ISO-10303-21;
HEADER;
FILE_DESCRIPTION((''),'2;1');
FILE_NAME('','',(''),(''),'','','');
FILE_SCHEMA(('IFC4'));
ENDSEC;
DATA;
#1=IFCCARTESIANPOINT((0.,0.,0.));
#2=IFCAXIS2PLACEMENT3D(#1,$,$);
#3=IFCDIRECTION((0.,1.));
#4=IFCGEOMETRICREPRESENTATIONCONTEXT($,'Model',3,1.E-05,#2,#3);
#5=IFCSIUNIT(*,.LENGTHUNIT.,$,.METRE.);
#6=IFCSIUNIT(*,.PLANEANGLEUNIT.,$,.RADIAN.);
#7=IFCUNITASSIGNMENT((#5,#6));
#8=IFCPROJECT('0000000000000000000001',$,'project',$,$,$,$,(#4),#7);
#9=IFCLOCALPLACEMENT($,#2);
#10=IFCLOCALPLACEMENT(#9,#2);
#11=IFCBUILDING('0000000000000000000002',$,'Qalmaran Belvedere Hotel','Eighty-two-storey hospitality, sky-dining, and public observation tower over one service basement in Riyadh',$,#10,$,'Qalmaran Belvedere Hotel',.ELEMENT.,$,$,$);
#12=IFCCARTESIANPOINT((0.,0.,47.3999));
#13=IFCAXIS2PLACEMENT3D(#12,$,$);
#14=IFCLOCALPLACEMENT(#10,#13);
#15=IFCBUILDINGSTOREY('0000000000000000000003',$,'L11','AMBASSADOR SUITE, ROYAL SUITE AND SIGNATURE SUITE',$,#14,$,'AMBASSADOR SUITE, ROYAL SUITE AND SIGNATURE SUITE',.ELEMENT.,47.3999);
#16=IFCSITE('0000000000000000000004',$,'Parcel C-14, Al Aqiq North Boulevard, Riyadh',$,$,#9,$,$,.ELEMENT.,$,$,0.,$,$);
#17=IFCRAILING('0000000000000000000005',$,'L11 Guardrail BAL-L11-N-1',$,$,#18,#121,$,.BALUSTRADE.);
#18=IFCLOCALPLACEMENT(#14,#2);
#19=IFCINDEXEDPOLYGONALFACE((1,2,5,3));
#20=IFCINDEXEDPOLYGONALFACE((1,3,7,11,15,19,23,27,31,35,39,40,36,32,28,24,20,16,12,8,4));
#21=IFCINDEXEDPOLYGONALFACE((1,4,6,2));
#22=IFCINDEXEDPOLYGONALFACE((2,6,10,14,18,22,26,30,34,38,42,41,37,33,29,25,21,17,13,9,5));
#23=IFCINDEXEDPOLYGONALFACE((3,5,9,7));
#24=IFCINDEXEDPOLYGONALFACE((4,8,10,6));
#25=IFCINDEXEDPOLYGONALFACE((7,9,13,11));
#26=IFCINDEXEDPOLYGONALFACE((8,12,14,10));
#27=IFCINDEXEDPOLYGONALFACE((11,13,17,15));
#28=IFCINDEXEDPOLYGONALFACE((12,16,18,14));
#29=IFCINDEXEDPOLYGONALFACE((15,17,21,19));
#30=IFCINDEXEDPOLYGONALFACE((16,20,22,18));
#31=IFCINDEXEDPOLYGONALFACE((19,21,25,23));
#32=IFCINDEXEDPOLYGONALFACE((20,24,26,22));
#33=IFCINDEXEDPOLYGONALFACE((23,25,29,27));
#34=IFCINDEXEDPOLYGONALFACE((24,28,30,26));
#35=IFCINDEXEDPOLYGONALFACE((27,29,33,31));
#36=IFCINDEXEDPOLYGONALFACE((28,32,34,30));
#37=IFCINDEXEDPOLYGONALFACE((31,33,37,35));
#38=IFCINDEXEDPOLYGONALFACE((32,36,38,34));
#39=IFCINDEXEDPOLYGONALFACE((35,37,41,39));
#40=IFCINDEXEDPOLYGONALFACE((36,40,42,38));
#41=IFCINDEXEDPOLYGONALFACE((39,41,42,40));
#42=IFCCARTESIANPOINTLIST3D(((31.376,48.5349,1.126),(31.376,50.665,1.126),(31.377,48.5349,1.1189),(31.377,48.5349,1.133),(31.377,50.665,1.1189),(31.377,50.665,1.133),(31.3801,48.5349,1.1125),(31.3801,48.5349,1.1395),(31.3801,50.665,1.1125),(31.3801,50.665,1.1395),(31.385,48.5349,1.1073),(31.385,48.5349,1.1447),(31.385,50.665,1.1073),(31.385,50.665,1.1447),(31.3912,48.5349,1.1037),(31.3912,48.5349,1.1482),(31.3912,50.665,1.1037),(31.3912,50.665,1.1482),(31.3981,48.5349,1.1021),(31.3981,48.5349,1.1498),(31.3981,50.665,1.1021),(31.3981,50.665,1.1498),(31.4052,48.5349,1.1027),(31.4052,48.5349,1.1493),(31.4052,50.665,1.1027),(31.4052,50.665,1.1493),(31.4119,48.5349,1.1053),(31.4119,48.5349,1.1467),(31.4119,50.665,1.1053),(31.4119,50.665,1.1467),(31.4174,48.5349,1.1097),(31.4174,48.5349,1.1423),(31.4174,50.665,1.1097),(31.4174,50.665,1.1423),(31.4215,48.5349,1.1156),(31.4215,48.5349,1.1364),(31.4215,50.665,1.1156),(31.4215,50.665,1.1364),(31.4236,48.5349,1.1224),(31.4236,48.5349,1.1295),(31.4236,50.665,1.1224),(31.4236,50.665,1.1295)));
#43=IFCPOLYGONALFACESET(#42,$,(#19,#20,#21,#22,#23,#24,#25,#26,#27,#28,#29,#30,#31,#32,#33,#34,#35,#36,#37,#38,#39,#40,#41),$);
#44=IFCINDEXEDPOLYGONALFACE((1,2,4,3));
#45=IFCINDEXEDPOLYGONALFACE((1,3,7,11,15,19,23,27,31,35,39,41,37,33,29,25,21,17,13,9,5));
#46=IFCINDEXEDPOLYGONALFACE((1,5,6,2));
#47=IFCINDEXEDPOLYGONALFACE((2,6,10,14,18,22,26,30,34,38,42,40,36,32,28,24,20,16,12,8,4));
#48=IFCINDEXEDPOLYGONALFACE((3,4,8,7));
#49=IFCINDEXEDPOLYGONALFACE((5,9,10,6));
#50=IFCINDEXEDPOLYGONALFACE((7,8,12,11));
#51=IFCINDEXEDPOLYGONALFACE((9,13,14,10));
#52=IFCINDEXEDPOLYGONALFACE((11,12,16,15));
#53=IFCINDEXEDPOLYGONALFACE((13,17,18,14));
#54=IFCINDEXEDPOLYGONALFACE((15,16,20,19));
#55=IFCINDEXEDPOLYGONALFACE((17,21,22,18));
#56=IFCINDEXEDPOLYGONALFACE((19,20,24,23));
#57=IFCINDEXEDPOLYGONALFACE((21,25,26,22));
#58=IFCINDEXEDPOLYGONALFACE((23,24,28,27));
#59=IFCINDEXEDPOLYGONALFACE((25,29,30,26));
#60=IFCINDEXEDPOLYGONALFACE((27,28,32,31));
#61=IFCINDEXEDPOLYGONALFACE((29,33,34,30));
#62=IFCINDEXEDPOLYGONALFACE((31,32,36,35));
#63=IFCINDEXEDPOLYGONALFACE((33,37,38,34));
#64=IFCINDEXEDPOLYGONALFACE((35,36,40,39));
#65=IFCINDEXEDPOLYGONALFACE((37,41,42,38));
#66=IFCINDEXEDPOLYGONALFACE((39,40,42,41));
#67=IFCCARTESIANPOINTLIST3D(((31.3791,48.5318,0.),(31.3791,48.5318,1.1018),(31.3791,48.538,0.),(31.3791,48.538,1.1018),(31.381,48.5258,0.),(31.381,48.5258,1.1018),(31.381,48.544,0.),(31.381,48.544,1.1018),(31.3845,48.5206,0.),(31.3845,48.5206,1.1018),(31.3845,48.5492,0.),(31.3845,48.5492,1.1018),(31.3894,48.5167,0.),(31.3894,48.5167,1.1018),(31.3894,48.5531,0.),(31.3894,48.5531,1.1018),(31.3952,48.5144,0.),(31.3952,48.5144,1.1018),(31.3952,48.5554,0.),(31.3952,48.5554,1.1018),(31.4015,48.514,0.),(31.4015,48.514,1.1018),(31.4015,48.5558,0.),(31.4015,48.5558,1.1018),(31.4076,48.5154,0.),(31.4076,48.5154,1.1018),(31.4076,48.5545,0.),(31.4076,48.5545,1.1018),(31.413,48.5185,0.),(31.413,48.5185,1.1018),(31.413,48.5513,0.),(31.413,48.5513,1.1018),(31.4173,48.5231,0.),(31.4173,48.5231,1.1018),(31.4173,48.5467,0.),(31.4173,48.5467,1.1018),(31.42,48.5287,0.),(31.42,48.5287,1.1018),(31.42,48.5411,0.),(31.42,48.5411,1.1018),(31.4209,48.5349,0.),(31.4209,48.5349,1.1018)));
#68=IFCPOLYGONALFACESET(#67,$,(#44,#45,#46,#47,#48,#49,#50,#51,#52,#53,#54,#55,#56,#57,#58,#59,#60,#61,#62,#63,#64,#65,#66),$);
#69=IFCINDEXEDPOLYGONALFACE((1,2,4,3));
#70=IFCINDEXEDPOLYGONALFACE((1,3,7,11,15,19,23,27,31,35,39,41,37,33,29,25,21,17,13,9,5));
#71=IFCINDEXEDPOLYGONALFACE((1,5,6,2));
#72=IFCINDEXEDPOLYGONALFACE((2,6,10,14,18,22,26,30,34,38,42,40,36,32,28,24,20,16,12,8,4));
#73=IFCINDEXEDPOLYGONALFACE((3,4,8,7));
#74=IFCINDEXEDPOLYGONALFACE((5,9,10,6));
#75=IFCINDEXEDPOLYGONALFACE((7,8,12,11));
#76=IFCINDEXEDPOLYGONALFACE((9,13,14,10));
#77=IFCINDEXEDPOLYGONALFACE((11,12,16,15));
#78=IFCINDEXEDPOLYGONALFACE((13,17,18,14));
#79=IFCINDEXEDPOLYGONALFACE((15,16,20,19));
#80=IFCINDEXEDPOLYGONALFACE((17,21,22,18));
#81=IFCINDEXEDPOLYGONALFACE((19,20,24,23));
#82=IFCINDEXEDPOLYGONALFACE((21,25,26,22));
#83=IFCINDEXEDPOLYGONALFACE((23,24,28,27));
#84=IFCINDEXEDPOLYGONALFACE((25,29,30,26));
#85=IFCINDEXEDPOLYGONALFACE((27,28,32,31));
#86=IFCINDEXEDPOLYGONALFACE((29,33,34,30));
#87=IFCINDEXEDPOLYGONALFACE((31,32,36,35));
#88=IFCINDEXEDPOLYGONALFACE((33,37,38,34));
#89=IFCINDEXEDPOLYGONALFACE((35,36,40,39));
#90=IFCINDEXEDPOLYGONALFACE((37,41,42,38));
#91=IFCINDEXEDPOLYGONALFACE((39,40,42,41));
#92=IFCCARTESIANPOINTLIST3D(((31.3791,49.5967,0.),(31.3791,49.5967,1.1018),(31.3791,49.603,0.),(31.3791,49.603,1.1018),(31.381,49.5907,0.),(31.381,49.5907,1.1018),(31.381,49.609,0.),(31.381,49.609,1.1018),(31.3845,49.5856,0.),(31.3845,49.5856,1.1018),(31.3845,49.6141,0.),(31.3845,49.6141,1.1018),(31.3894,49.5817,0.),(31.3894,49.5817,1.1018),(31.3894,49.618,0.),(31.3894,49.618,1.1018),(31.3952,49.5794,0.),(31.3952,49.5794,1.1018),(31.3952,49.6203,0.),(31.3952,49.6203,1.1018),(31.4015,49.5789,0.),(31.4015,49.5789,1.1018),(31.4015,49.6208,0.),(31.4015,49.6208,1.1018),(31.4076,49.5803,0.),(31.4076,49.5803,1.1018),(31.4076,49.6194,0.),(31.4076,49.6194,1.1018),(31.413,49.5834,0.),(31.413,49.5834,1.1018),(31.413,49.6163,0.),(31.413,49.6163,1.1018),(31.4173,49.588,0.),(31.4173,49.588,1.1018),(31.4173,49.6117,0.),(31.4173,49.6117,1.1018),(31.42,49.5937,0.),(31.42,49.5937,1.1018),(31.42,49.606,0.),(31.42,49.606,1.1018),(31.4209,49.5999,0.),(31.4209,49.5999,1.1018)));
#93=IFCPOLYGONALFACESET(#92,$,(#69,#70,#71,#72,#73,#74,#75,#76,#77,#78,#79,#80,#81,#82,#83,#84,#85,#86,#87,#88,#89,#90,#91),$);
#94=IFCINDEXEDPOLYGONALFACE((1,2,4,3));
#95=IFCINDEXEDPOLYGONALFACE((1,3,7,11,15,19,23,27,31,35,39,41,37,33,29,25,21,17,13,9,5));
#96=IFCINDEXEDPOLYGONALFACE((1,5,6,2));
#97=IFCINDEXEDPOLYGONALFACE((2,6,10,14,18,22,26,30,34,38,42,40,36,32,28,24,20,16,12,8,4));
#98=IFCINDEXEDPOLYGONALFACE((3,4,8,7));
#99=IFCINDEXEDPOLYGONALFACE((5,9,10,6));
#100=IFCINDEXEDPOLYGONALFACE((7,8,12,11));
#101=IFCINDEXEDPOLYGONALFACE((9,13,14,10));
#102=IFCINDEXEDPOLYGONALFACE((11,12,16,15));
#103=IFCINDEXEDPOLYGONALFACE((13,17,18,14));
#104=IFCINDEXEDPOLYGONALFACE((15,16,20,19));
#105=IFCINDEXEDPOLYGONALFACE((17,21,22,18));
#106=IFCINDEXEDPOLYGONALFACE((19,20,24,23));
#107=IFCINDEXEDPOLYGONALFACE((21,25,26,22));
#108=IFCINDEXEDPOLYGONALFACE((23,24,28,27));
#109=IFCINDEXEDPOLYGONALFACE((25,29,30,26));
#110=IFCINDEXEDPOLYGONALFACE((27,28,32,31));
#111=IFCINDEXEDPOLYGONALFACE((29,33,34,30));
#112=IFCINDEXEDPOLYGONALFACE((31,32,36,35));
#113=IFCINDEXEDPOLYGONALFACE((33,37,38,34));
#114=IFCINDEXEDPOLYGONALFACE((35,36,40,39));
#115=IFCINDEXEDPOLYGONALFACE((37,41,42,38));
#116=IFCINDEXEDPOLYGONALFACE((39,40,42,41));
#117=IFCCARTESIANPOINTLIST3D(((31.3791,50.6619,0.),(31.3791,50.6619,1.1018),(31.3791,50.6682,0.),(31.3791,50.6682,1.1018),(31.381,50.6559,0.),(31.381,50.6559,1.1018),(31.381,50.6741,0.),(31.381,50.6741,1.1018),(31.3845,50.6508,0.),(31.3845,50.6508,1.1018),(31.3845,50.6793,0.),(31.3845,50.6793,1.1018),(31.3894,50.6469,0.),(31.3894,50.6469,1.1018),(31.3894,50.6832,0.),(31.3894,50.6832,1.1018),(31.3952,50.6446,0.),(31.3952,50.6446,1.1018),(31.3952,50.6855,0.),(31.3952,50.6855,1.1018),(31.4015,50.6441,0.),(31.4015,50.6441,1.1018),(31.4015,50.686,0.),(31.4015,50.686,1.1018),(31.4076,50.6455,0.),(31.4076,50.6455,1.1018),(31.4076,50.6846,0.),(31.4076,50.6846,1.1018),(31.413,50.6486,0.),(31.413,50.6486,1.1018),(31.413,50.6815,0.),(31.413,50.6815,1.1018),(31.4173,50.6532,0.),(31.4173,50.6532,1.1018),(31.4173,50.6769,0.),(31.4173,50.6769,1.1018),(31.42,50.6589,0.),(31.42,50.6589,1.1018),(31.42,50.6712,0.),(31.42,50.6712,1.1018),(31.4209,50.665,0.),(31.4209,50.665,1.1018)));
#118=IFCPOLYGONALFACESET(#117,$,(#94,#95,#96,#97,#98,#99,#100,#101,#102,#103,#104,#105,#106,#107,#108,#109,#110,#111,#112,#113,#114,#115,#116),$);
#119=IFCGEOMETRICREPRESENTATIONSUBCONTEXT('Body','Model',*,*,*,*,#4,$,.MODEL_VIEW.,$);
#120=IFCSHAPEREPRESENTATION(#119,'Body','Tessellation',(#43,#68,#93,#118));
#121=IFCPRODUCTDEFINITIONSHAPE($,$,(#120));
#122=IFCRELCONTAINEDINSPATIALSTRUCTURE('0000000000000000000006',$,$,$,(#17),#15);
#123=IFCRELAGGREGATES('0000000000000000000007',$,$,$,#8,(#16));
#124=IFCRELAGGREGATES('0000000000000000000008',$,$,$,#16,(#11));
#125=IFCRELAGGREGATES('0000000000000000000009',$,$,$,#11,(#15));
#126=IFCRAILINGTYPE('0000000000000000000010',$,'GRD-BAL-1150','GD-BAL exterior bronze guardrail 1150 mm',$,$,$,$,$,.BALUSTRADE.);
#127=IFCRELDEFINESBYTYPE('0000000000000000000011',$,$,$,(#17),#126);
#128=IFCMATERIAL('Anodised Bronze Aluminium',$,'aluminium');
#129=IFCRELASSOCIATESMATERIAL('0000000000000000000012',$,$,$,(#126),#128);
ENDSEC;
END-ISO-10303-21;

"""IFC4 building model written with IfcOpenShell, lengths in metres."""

from ifc_helpers import new_model, si_unit, direction, frame, origin, origin_2d, place, context, subcontext, project, spatial, circle, extrude, material, type_object, element, save


model = new_model("IFC4")

# Units and contexts
model_context = context("Model", 3, precision=1e-05, world=origin(), true_north=direction((0.0, 1.0)))
body_context = subcontext(model_context, "Body", "Model", "MODEL_VIEW")
ifc_project = project(units=[si_unit("LENGTHUNIT", "METRE"), si_unit("PLANEANGLEUNIT", "RADIAN")], contexts=[model_context])

# Site, building, storey
site_placement = place(None, origin())
site = spatial("IfcSite", under=ifc_project, at=site_placement, Name="Parcel C-14, Al Aqiq North Boulevard, Riyadh", CompositionType="ELEMENT", RefElevation=0.0)
building_placement = place(site_placement, origin())
building = spatial("IfcBuilding", under=site, at=building_placement, Name="Qalmaran Belvedere Hotel", Description="Eighty-two-storey hospitality, sky-dining, and public observation tower over one service basement in Riyadh", LongName="Qalmaran Belvedere Hotel", CompositionType="ELEMENT")
storey_placement = place(building_placement, frame((0.0, 0.0, 47.3999)))
storey = spatial("IfcBuildingStorey", under=building, at=storey_placement, Name="L11", Description="AMBASSADOR SUITE, ROYAL SUITE AND SIGNATURE SUITE", LongName="AMBASSADOR SUITE, ROYAL SUITE AND SIGNATURE SUITE", CompositionType="ELEMENT", Elevation=47.3999)

# Shared definitions
ifc_material_1 = material(Name="Anodised Bronze Aluminium", Category="aluminium")

# Railing
railing_type = type_object("IfcRailingType", Name="GRD-BAL-1150", Description="GD-BAL exterior bronze guardrail 1150 mm", PredefinedType="BALUSTRADE", material=ifc_material_1)
railing_1_placement = place(storey_placement, frame((31.3999, 48.5349, 0.0)))
element("IfcRailing", 1, at=railing_1_placement, inside=storey, type_object=railing_type, Name="L11 Guardrail BAL-L11-N-1", PredefinedType="BALUSTRADE", context=body_context, shape_type="SweptSolid", body=[
    extrude(circle(Radius=0.0239, at=origin_2d()), frame((0.0, 0.0, 1.126), z_axis=(0.0, 1.0, 0.0), x_axis=(-1.0, 0.0, 0.0)), (0.0, 0.0, 1.0), 2.1301),
    extrude(circle(Radius=0.021, at=origin_2d()), origin(), (0.0, 0.0, 1.0), 1.1018),
    extrude(circle(Radius=0.021, at=origin_2d()), frame((0.0, 1.0649, 0.0)), (0.0, 0.0, 1.0), 1.1018),
    extrude(circle(Radius=0.021, at=origin_2d()), frame((0.0, 2.1301, 0.0)), (0.0, 0.0, 1.0), 1.1018),
])

save(model, "model.ifc")
